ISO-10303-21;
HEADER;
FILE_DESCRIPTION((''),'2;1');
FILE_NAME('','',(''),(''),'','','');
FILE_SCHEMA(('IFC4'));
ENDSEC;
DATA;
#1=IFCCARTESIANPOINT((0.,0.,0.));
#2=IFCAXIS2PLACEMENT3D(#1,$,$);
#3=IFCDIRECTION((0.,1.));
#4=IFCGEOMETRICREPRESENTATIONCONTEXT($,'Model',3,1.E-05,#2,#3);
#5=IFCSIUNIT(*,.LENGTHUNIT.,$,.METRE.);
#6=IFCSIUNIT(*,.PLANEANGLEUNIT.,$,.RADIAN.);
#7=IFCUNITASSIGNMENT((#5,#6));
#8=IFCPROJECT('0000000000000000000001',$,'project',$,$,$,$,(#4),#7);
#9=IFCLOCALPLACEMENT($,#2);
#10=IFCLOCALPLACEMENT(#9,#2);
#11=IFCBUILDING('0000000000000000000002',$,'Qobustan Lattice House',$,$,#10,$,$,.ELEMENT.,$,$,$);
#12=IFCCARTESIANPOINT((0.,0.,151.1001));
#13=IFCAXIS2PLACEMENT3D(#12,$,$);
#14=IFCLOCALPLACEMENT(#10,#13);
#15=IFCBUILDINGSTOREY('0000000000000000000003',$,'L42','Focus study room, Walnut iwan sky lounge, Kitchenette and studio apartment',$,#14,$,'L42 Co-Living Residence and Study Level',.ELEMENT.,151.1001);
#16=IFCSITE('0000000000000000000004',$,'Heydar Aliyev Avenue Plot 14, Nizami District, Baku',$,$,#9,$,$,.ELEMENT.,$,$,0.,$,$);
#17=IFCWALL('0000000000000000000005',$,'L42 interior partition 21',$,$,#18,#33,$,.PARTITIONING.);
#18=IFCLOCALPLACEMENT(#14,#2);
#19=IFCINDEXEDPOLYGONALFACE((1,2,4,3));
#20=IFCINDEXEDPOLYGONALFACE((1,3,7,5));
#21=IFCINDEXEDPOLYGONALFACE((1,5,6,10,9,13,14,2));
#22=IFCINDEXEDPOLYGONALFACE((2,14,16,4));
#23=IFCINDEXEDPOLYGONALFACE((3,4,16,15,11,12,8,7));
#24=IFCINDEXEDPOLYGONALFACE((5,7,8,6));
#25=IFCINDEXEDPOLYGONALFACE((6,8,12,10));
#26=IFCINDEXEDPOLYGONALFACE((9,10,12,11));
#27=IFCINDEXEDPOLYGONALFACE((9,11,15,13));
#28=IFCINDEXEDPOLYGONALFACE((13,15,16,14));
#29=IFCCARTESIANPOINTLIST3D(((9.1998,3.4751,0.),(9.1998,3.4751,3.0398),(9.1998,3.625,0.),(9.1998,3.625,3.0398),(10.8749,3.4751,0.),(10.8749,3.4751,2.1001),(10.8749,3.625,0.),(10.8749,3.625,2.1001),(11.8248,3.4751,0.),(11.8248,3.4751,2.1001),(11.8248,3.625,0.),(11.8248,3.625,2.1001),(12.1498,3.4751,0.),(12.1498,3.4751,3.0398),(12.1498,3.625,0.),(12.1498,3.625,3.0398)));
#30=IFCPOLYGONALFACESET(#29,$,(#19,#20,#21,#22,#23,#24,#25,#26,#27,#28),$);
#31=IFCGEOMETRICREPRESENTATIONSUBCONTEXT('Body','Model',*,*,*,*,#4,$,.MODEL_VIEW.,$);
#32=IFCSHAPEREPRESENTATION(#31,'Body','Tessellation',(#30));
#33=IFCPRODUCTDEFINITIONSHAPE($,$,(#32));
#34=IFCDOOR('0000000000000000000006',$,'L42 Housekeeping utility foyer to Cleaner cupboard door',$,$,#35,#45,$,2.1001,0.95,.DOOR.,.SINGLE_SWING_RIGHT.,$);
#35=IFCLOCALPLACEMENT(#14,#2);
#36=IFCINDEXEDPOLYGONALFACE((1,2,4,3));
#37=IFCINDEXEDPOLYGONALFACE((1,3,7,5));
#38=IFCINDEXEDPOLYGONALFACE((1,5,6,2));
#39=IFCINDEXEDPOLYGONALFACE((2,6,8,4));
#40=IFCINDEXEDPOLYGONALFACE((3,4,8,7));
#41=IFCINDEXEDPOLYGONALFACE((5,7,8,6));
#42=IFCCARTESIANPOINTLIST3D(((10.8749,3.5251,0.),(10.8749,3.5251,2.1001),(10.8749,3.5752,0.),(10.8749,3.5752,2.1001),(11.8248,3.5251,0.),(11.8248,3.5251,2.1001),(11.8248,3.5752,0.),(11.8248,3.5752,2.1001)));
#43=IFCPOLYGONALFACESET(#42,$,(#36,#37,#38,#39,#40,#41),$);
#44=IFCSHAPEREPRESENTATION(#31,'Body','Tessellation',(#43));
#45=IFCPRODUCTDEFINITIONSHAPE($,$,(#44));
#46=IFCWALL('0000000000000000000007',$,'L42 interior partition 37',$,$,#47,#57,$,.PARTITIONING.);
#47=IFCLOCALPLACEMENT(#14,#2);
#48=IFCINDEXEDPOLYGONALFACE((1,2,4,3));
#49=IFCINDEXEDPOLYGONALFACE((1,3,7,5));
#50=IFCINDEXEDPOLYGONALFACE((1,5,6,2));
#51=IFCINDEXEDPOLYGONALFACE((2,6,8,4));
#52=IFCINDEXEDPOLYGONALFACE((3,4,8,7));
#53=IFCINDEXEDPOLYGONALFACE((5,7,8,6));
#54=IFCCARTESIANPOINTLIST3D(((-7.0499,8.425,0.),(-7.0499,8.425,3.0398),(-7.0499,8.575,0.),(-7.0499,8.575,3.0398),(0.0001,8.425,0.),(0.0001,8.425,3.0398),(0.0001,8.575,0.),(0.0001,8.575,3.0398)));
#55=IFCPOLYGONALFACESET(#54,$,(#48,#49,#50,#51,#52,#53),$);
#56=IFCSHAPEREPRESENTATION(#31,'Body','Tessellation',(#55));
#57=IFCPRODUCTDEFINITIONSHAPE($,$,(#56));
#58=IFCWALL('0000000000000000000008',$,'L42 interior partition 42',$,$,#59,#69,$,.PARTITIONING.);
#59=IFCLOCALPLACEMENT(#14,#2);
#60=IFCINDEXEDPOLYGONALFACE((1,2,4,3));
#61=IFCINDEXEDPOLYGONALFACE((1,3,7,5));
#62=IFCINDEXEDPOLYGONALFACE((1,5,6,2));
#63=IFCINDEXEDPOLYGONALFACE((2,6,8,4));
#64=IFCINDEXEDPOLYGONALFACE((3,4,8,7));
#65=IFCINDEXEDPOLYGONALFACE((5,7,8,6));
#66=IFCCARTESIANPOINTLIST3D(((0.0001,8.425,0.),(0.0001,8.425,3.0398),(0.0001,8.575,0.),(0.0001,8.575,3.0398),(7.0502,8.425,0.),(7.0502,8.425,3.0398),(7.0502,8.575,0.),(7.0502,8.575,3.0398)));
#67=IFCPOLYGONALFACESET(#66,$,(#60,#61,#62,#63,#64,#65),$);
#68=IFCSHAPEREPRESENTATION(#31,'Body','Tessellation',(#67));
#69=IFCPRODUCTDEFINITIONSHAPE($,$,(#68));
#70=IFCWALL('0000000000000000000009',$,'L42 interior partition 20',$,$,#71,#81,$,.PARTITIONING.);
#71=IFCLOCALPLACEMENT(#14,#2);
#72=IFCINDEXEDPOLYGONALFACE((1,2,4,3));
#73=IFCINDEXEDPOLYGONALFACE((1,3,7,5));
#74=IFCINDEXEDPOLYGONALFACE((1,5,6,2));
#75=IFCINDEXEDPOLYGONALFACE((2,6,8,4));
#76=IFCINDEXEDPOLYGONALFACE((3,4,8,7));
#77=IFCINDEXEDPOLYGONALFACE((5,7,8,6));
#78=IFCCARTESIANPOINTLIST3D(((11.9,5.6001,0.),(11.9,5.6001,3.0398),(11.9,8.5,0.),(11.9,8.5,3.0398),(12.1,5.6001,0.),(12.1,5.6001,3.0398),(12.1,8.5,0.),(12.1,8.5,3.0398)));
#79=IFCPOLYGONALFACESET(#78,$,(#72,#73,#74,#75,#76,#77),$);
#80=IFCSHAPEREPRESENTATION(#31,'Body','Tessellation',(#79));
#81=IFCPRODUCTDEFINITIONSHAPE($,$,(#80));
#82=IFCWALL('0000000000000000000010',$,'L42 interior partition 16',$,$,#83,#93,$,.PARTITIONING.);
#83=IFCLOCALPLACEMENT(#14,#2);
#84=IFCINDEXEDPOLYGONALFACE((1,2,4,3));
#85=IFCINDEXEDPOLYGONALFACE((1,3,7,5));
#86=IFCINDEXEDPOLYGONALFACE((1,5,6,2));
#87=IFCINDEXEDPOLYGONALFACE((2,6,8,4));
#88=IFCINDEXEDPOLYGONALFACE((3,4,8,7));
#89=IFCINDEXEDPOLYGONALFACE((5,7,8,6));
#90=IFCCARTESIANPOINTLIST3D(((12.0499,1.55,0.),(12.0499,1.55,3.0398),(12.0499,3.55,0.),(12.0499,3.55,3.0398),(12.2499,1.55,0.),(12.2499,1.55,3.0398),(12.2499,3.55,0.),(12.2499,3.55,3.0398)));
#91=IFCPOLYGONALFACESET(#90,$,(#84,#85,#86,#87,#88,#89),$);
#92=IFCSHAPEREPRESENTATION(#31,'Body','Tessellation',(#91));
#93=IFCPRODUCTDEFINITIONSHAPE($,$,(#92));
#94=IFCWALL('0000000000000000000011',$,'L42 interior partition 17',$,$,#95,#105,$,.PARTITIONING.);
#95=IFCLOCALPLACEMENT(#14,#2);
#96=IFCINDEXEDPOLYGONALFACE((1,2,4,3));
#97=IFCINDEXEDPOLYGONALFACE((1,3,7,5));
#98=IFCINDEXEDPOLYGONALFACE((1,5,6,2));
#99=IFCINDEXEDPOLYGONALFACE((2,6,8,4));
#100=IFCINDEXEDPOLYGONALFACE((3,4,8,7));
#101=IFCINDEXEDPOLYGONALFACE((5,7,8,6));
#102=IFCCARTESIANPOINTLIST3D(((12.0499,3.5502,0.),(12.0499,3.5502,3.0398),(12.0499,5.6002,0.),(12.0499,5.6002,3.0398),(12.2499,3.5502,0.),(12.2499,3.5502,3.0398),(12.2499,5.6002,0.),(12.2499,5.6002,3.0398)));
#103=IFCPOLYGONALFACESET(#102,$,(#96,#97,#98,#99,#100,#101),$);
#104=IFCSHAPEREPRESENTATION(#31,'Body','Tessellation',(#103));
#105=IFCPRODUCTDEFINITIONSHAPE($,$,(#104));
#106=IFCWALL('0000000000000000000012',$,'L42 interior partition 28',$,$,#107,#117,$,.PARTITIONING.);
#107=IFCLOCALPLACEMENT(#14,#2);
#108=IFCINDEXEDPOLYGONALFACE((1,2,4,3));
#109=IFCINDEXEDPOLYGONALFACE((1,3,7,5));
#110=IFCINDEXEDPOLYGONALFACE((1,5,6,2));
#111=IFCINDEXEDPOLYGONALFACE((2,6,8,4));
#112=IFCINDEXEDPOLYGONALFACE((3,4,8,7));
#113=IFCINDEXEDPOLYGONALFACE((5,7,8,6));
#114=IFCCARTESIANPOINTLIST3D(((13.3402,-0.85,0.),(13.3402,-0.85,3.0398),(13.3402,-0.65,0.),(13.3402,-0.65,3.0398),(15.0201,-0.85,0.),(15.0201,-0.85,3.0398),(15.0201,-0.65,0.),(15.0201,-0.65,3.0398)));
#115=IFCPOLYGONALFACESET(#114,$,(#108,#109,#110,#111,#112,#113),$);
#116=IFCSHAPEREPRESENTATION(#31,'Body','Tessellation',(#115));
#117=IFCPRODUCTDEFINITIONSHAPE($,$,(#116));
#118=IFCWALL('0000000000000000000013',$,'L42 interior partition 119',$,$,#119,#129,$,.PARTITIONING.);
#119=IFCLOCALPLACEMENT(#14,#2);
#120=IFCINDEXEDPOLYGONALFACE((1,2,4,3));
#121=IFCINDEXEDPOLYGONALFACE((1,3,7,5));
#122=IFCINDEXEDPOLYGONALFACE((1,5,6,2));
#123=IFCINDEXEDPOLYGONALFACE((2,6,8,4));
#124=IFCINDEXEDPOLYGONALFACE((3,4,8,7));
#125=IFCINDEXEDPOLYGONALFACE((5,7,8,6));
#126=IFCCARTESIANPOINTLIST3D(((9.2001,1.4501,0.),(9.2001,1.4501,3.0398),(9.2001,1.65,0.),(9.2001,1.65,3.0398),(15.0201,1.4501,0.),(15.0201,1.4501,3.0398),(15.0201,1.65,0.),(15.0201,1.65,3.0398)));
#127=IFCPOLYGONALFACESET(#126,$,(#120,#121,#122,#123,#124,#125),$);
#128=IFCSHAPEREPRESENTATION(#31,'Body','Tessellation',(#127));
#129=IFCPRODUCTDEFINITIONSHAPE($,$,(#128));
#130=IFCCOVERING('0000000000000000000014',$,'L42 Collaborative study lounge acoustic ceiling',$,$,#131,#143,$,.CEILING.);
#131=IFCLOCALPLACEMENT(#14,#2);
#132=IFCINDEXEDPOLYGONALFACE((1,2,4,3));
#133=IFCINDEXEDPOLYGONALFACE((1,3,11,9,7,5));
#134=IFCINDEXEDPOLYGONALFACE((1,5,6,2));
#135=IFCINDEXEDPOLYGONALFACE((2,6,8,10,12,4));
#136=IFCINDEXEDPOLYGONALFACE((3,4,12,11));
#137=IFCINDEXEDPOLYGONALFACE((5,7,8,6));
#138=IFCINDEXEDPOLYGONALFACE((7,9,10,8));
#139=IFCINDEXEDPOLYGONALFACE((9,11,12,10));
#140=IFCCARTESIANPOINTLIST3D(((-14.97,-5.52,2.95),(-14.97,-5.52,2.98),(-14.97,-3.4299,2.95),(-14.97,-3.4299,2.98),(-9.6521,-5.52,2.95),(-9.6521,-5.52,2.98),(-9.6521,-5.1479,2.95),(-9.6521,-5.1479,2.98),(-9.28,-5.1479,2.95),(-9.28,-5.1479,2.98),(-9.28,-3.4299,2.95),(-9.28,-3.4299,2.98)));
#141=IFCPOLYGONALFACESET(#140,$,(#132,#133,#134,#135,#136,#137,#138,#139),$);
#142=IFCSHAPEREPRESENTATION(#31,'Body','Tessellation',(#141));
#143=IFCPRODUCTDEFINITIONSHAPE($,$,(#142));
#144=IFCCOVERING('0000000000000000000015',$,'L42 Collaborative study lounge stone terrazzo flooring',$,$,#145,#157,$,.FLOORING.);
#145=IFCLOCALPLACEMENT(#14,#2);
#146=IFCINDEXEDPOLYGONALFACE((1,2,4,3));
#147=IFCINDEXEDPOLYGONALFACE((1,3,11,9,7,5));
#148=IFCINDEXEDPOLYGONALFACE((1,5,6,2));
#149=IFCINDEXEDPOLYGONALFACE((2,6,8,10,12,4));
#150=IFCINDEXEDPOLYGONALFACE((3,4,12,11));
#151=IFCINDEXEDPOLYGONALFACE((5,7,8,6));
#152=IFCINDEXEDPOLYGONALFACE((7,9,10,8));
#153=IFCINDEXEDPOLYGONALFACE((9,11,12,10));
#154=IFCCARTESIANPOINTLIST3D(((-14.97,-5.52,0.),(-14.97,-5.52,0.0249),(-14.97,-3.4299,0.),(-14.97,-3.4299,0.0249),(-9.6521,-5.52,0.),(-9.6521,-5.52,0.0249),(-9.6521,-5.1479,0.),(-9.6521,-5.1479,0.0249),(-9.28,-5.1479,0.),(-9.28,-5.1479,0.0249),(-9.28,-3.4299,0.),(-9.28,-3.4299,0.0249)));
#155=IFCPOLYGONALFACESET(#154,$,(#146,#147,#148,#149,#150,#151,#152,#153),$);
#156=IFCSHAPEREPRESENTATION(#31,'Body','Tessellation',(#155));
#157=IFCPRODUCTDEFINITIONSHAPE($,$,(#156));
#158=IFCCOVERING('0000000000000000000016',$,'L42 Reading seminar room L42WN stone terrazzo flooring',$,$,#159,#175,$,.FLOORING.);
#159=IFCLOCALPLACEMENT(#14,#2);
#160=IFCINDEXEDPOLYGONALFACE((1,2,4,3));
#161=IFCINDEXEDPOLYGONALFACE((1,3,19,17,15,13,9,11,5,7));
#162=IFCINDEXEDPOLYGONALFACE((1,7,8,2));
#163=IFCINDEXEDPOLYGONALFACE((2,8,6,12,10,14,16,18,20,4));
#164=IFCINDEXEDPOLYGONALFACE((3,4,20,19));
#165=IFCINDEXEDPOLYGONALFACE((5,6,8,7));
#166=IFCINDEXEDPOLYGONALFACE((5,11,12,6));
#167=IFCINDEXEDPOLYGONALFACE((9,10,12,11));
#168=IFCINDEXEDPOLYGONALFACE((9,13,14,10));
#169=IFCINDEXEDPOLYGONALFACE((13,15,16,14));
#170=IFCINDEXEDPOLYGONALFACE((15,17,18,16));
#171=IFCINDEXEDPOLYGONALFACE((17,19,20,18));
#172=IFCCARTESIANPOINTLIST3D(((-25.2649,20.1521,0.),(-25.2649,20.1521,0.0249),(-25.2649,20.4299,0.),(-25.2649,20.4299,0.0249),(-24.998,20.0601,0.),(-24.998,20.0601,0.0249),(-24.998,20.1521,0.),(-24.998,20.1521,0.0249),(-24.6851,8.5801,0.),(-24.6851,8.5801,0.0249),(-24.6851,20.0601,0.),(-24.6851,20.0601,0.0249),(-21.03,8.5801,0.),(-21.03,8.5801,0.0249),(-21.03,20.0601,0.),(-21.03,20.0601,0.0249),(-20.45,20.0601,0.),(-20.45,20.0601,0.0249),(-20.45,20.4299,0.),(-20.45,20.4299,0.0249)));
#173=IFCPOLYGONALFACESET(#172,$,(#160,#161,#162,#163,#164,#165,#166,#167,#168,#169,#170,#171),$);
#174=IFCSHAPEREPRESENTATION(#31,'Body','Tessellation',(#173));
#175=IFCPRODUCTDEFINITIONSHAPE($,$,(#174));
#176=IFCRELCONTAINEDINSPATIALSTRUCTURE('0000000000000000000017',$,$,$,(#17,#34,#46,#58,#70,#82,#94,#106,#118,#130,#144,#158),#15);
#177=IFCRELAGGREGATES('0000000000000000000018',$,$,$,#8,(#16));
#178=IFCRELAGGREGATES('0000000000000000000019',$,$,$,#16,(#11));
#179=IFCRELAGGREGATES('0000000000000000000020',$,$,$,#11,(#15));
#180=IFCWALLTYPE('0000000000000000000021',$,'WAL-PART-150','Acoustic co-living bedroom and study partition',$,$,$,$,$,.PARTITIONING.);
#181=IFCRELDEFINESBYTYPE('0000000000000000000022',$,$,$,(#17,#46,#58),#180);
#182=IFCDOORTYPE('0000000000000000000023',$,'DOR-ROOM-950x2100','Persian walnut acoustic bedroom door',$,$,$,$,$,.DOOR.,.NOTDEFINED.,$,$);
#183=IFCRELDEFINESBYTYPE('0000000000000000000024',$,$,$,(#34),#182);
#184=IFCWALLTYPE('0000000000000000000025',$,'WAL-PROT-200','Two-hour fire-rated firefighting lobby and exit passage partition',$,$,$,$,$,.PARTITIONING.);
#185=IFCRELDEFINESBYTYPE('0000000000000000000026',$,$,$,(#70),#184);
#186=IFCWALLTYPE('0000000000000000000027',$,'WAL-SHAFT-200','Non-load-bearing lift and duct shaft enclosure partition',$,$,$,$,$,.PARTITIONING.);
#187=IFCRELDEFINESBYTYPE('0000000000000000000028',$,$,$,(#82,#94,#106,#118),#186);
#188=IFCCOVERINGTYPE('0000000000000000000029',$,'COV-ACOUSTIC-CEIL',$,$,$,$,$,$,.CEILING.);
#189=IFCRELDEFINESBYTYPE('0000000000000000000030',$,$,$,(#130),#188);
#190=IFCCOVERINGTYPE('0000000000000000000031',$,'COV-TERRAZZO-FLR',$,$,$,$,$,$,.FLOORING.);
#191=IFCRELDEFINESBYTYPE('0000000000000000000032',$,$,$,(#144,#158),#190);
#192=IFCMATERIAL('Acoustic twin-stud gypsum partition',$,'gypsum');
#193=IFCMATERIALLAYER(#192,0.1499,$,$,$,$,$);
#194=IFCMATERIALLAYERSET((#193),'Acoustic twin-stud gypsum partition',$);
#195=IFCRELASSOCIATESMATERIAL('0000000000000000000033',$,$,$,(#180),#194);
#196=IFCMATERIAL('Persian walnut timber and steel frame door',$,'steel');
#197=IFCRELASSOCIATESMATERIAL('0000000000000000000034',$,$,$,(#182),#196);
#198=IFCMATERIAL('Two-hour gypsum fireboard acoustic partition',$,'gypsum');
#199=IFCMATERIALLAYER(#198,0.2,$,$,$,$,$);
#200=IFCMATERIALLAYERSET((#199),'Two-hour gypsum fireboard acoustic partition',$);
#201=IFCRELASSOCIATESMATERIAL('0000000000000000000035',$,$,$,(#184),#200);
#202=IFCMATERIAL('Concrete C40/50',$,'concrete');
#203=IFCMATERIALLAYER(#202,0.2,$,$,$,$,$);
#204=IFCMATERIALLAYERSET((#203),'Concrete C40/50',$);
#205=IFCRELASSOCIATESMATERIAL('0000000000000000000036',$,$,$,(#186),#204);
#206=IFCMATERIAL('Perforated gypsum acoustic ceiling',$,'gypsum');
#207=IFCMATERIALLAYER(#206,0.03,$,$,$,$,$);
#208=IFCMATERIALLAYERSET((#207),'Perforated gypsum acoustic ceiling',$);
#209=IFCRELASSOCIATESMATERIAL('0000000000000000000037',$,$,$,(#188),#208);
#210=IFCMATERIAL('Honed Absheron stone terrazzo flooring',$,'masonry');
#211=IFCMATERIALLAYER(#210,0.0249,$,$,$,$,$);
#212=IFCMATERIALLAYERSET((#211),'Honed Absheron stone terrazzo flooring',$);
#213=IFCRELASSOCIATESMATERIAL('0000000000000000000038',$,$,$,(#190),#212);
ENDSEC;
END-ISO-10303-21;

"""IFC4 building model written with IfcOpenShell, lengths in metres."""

from ifc_helpers import new_model, si_unit, direction, frame, frame_2d, origin, place, context, subcontext, project, spatial, polyline, rectangle, outline, extrude, material, layer, layer_set, type_object, element, fill, save


model = new_model("IFC4")

# Units and contexts
model_context = context("Model", 3, precision=1e-05, world=origin(), true_north=direction((0.0, 1.0)))
body_context = subcontext(model_context, "Body", "Model", "MODEL_VIEW")
ifc_project = project(units=[si_unit("LENGTHUNIT", "METRE"), si_unit("PLANEANGLEUNIT", "RADIAN")], contexts=[model_context])

# Site, building, storey
site_placement = place(None, origin())
site = spatial("IfcSite", under=ifc_project, at=site_placement, Name="Heydar Aliyev Avenue Plot 14, Nizami District, Baku", CompositionType="ELEMENT", RefElevation=0.0)
building_placement = place(site_placement, origin())
building = spatial("IfcBuilding", under=site, at=building_placement, Name="Qobustan Lattice House", CompositionType="ELEMENT")
storey_placement = place(building_placement, frame((0.0, 0.0, 151.1001)))
storey = spatial("IfcBuildingStorey", under=building, at=storey_placement, Name="L42", Description="Focus study room, Walnut iwan sky lounge, Kitchenette and studio apartment", LongName="L42 Co-Living Residence and Study Level", CompositionType="ELEMENT", Elevation=151.1001)

# Wall, opening, door
ifc_material_1 = material(Name="Acoustic twin-stud gypsum partition", Category="gypsum")
ifc_layer_1 = layer(ifc_material_1, 0.1499)
ifc_layer_set_1 = layer_set([ifc_layer_1], Name="Acoustic twin-stud gypsum partition")
wall_type_1 = type_object("IfcWallType", Name="WAL-PART-150", Description="Acoustic co-living bedroom and study partition", PredefinedType="PARTITIONING", material=ifc_layer_set_1)
wall_1_placement = place(storey_placement, frame((12.1499, 3.55, 0.0), z_axis=(0.0, 0.0, 1.0), x_axis=(-1.0, 0.0, 0.0)))
wall_1 = element("IfcWall", 1, at=wall_1_placement, inside=storey, type_object=wall_type_1, Name="L42 interior partition 21", PredefinedType="PARTITIONING", context=body_context, shape_type="SweptSolid", body=[
    extrude(rectangle(XDim=2.95, YDim=0.1499, at=frame_2d((1.4751, 0.0))), origin(), (0.0, 0.0, 1.0), 3.0398),
])
opening_1_placement = place(wall_1_placement, frame((0.325, 0.0, 0.0)))
opening_1 = element("IfcOpeningElement", 2, at=opening_1_placement, cuts=wall_1, PredefinedType="OPENING", context=body_context, shape_type="SweptSolid", body=[
    extrude(rectangle(XDim=0.95, YDim=2.1001, at=frame_2d((0.4751, 1.05))), frame((0.0, 0.085, 0.0), z_axis=(0.0, -1.0, 0.0), x_axis=(1.0, 0.0, 0.0)), (0.0, 0.0, 1.0), 0.1699),
])
ifc_material_2 = material(Name="Persian walnut timber and steel frame door", Category="steel")
door_type_1 = type_object("IfcDoorType", Name="DOR-ROOM-950x2100", Description="Persian walnut acoustic bedroom door", OperationType="NOTDEFINED", PredefinedType="DOOR", material=ifc_material_2)
door_1_placement = place(opening_1_placement, origin())
door_1 = element("IfcDoor", 3, at=door_1_placement, inside=storey, type_object=door_type_1, Name="L42 Housekeeping utility foyer to Cleaner cupboard door", OperationType="SINGLE_SWING_RIGHT", OverallHeight=2.1001, OverallWidth=0.95, PredefinedType="DOOR", context=body_context, shape_type="SweptSolid", body=[
    extrude(rectangle(XDim=0.95, YDim=2.1001, at=frame_2d((0.4751, 1.05))), frame((0.0, 0.0249, 0.0), z_axis=(0.0, -1.0, 0.0), x_axis=(1.0, 0.0, 0.0)), (0.0, 0.0, 1.0), 0.05),
])
fill(opening_1, door_1)

# Walls
for number, where, z_axis, x_axis, name in (
    (4, (0.0, 8.5, 0.0), (0.0, 0.0, 1.0), (-1.0, 0.0, 0.0), "L42 interior partition 37"),
    (5, (7.05, 8.5, 0.0), (0.0, 0.0, 1.0), (-1.0, 0.0, 0.0), "L42 interior partition 42"),
):
    element("IfcWall", number, at=place(storey_placement, frame(where, z_axis=z_axis, x_axis=x_axis)), inside=storey, type_object=wall_type_1, Name=name, PredefinedType="PARTITIONING", context=body_context, shape_type="SweptSolid", body=[
        extrude(rectangle(XDim=7.05, YDim=0.1499, at=frame_2d((3.5249, 0.0))), origin(), (0.0, 0.0, 1.0), 3.0398),
    ])
ifc_material_3 = material(Name="Two-hour gypsum fireboard acoustic partition", Category="gypsum")
ifc_layer_2 = layer(ifc_material_3, 0.2)
ifc_layer_set_2 = layer_set([ifc_layer_2], Name="Two-hour gypsum fireboard acoustic partition")
wall_type_2 = type_object("IfcWallType", Name="WAL-PROT-200", Description="Two-hour fire-rated firefighting lobby and exit passage partition", PredefinedType="PARTITIONING", material=ifc_layer_set_2)
wall_2_placement = place(storey_placement, frame((12.0, 8.5, 0.0), z_axis=(0.0, 0.0, 1.0), x_axis=(0.0, -1.0, 0.0)))
element("IfcWall", 6, at=wall_2_placement, inside=storey, type_object=wall_type_2, Name="L42 interior partition 20", PredefinedType="PARTITIONING", context=body_context, shape_type="SweptSolid", body=[
    extrude(rectangle(XDim=2.8999, YDim=0.2, at=frame_2d((1.45, 0.0))), origin(), (0.0, 0.0, 1.0), 3.0398),
])
ifc_material_4 = material(Name="Concrete C40/50", Category="concrete")
ifc_layer_3 = layer(ifc_material_4, 0.2)
ifc_layer_set_3 = layer_set([ifc_layer_3], Name="Concrete C40/50")
wall_type_3 = type_object("IfcWallType", Name="WAL-SHAFT-200", Description="Non-load-bearing lift and duct shaft enclosure partition", PredefinedType="PARTITIONING", material=ifc_layer_set_3)
wall_3_placement = place(storey_placement, frame((12.1499, 3.55, 0.0), z_axis=(0.0, 0.0, 1.0), x_axis=(0.0, -1.0, 0.0)))
element("IfcWall", 7, at=wall_3_placement, inside=storey, type_object=wall_type_3, Name="L42 interior partition 16", PredefinedType="PARTITIONING", context=body_context, shape_type="SweptSolid", body=[
    extrude(rectangle(XDim=2.0, YDim=0.2, at=frame_2d((1.0, 0.0))), origin(), (0.0, 0.0, 1.0), 3.0398),
])
wall_4_placement = place(storey_placement, frame((12.1499, 5.6001, 0.0), z_axis=(0.0, 0.0, 1.0), x_axis=(0.0, -1.0, 0.0)))
element("IfcWall", 8, at=wall_4_placement, inside=storey, type_object=wall_type_3, Name="L42 interior partition 17", PredefinedType="PARTITIONING", context=body_context, shape_type="SweptSolid", body=[
    extrude(rectangle(XDim=2.05, YDim=0.2, at=frame_2d((1.0249, 0.0))), origin(), (0.0, 0.0, 1.0), 3.0398),
])
wall_5_placement = place(storey_placement, frame((15.02, -0.75, 0.0), z_axis=(0.0, 0.0, 1.0), x_axis=(-1.0, 0.0, 0.0)))
element("IfcWall", 9, at=wall_5_placement, inside=storey, type_object=wall_type_3, Name="L42 interior partition 28", PredefinedType="PARTITIONING", context=body_context, shape_type="SweptSolid", body=[
    extrude(rectangle(XDim=1.6799, YDim=0.2, at=frame_2d((0.8398, 0.0))), origin(), (0.0, 0.0, 1.0), 3.0398),
])
wall_6_placement = place(storey_placement, frame((9.2, 1.55, 0.0), z_axis=(0.0, 0.0, 1.0), x_axis=(1.0, 0.0, 0.0)))
element("IfcWall", 10, at=wall_6_placement, inside=storey, type_object=wall_type_3, Name="L42 interior partition 119", PredefinedType="PARTITIONING", context=body_context, shape_type="SweptSolid", body=[
    extrude(rectangle(XDim=5.8201, YDim=0.2, at=frame_2d((2.9102, 0.0))), origin(), (0.0, 0.0, 1.0), 3.0398),
])

# Coverings
ifc_material_5 = material(Name="Perforated gypsum acoustic ceiling", Category="gypsum")
ifc_layer_4 = layer(ifc_material_5, 0.03)
ifc_layer_set_4 = layer_set([ifc_layer_4], Name="Perforated gypsum acoustic ceiling")
covering_type_1 = type_object("IfcCoveringType", Name="COV-ACOUSTIC-CEIL", PredefinedType="CEILING", material=ifc_layer_set_4)
covering_1_placement = place(storey_placement, frame((0.0, 0.0, 2.95)))
element("IfcCovering", 11, at=covering_1_placement, inside=storey, type_object=covering_type_1, Name="L42 Collaborative study lounge acoustic ceiling", PredefinedType="CEILING", context=body_context, shape_type="SweptSolid", body=[
    extrude(outline(polyline([(-9.28, -3.4299), (-14.97, -3.4299), (-14.97, -5.52), (-9.6521, -5.52), (-9.6521, -5.1479), (-9.28, -5.1479), (-9.28, -3.4299)])), origin(), (0.0, 0.0, 1.0), 0.03),
])
ifc_material_6 = material(Name="Honed Absheron stone terrazzo flooring", Category="masonry")
ifc_layer_5 = layer(ifc_material_6, 0.0249)
ifc_layer_set_5 = layer_set([ifc_layer_5], Name="Honed Absheron stone terrazzo flooring")
covering_type_2 = type_object("IfcCoveringType", Name="COV-TERRAZZO-FLR", PredefinedType="FLOORING", material=ifc_layer_set_5)
covering_2_placement = place(storey_placement, origin())
element("IfcCovering", 12, at=covering_2_placement, inside=storey, type_object=covering_type_2, Name="L42 Collaborative study lounge stone terrazzo flooring", PredefinedType="FLOORING", context=body_context, shape_type="SweptSolid", body=[
    extrude(outline(polyline([(-9.28, -3.4299), (-14.97, -3.4299), (-14.97, -5.52), (-9.6521, -5.52), (-9.6521, -5.1479), (-9.28, -5.1479), (-9.28, -3.4299)])), origin(), (0.0, 0.0, 1.0), 0.0249),
])
covering_3_placement = place(storey_placement, origin())
element("IfcCovering", 13, at=covering_3_placement, inside=storey, type_object=covering_type_2, Name="L42 Reading seminar room L42WN stone terrazzo flooring", PredefinedType="FLOORING", context=body_context, shape_type="SweptSolid", body=[
    extrude(outline(polyline([(-25.2649, 20.4299), (-25.2649, 20.1521), (-24.998, 20.1521), (-24.998, 20.0601), (-24.6851, 20.0601), (-24.6851, 8.5801), (-21.03, 8.5801), (-21.03, 20.0601), (-20.45, 20.0601), (-20.45, 20.4299), (-25.2649, 20.4299)])), origin(), (0.0, 0.0, 1.0), 0.0249),
])

save(model, "model.ifc")
